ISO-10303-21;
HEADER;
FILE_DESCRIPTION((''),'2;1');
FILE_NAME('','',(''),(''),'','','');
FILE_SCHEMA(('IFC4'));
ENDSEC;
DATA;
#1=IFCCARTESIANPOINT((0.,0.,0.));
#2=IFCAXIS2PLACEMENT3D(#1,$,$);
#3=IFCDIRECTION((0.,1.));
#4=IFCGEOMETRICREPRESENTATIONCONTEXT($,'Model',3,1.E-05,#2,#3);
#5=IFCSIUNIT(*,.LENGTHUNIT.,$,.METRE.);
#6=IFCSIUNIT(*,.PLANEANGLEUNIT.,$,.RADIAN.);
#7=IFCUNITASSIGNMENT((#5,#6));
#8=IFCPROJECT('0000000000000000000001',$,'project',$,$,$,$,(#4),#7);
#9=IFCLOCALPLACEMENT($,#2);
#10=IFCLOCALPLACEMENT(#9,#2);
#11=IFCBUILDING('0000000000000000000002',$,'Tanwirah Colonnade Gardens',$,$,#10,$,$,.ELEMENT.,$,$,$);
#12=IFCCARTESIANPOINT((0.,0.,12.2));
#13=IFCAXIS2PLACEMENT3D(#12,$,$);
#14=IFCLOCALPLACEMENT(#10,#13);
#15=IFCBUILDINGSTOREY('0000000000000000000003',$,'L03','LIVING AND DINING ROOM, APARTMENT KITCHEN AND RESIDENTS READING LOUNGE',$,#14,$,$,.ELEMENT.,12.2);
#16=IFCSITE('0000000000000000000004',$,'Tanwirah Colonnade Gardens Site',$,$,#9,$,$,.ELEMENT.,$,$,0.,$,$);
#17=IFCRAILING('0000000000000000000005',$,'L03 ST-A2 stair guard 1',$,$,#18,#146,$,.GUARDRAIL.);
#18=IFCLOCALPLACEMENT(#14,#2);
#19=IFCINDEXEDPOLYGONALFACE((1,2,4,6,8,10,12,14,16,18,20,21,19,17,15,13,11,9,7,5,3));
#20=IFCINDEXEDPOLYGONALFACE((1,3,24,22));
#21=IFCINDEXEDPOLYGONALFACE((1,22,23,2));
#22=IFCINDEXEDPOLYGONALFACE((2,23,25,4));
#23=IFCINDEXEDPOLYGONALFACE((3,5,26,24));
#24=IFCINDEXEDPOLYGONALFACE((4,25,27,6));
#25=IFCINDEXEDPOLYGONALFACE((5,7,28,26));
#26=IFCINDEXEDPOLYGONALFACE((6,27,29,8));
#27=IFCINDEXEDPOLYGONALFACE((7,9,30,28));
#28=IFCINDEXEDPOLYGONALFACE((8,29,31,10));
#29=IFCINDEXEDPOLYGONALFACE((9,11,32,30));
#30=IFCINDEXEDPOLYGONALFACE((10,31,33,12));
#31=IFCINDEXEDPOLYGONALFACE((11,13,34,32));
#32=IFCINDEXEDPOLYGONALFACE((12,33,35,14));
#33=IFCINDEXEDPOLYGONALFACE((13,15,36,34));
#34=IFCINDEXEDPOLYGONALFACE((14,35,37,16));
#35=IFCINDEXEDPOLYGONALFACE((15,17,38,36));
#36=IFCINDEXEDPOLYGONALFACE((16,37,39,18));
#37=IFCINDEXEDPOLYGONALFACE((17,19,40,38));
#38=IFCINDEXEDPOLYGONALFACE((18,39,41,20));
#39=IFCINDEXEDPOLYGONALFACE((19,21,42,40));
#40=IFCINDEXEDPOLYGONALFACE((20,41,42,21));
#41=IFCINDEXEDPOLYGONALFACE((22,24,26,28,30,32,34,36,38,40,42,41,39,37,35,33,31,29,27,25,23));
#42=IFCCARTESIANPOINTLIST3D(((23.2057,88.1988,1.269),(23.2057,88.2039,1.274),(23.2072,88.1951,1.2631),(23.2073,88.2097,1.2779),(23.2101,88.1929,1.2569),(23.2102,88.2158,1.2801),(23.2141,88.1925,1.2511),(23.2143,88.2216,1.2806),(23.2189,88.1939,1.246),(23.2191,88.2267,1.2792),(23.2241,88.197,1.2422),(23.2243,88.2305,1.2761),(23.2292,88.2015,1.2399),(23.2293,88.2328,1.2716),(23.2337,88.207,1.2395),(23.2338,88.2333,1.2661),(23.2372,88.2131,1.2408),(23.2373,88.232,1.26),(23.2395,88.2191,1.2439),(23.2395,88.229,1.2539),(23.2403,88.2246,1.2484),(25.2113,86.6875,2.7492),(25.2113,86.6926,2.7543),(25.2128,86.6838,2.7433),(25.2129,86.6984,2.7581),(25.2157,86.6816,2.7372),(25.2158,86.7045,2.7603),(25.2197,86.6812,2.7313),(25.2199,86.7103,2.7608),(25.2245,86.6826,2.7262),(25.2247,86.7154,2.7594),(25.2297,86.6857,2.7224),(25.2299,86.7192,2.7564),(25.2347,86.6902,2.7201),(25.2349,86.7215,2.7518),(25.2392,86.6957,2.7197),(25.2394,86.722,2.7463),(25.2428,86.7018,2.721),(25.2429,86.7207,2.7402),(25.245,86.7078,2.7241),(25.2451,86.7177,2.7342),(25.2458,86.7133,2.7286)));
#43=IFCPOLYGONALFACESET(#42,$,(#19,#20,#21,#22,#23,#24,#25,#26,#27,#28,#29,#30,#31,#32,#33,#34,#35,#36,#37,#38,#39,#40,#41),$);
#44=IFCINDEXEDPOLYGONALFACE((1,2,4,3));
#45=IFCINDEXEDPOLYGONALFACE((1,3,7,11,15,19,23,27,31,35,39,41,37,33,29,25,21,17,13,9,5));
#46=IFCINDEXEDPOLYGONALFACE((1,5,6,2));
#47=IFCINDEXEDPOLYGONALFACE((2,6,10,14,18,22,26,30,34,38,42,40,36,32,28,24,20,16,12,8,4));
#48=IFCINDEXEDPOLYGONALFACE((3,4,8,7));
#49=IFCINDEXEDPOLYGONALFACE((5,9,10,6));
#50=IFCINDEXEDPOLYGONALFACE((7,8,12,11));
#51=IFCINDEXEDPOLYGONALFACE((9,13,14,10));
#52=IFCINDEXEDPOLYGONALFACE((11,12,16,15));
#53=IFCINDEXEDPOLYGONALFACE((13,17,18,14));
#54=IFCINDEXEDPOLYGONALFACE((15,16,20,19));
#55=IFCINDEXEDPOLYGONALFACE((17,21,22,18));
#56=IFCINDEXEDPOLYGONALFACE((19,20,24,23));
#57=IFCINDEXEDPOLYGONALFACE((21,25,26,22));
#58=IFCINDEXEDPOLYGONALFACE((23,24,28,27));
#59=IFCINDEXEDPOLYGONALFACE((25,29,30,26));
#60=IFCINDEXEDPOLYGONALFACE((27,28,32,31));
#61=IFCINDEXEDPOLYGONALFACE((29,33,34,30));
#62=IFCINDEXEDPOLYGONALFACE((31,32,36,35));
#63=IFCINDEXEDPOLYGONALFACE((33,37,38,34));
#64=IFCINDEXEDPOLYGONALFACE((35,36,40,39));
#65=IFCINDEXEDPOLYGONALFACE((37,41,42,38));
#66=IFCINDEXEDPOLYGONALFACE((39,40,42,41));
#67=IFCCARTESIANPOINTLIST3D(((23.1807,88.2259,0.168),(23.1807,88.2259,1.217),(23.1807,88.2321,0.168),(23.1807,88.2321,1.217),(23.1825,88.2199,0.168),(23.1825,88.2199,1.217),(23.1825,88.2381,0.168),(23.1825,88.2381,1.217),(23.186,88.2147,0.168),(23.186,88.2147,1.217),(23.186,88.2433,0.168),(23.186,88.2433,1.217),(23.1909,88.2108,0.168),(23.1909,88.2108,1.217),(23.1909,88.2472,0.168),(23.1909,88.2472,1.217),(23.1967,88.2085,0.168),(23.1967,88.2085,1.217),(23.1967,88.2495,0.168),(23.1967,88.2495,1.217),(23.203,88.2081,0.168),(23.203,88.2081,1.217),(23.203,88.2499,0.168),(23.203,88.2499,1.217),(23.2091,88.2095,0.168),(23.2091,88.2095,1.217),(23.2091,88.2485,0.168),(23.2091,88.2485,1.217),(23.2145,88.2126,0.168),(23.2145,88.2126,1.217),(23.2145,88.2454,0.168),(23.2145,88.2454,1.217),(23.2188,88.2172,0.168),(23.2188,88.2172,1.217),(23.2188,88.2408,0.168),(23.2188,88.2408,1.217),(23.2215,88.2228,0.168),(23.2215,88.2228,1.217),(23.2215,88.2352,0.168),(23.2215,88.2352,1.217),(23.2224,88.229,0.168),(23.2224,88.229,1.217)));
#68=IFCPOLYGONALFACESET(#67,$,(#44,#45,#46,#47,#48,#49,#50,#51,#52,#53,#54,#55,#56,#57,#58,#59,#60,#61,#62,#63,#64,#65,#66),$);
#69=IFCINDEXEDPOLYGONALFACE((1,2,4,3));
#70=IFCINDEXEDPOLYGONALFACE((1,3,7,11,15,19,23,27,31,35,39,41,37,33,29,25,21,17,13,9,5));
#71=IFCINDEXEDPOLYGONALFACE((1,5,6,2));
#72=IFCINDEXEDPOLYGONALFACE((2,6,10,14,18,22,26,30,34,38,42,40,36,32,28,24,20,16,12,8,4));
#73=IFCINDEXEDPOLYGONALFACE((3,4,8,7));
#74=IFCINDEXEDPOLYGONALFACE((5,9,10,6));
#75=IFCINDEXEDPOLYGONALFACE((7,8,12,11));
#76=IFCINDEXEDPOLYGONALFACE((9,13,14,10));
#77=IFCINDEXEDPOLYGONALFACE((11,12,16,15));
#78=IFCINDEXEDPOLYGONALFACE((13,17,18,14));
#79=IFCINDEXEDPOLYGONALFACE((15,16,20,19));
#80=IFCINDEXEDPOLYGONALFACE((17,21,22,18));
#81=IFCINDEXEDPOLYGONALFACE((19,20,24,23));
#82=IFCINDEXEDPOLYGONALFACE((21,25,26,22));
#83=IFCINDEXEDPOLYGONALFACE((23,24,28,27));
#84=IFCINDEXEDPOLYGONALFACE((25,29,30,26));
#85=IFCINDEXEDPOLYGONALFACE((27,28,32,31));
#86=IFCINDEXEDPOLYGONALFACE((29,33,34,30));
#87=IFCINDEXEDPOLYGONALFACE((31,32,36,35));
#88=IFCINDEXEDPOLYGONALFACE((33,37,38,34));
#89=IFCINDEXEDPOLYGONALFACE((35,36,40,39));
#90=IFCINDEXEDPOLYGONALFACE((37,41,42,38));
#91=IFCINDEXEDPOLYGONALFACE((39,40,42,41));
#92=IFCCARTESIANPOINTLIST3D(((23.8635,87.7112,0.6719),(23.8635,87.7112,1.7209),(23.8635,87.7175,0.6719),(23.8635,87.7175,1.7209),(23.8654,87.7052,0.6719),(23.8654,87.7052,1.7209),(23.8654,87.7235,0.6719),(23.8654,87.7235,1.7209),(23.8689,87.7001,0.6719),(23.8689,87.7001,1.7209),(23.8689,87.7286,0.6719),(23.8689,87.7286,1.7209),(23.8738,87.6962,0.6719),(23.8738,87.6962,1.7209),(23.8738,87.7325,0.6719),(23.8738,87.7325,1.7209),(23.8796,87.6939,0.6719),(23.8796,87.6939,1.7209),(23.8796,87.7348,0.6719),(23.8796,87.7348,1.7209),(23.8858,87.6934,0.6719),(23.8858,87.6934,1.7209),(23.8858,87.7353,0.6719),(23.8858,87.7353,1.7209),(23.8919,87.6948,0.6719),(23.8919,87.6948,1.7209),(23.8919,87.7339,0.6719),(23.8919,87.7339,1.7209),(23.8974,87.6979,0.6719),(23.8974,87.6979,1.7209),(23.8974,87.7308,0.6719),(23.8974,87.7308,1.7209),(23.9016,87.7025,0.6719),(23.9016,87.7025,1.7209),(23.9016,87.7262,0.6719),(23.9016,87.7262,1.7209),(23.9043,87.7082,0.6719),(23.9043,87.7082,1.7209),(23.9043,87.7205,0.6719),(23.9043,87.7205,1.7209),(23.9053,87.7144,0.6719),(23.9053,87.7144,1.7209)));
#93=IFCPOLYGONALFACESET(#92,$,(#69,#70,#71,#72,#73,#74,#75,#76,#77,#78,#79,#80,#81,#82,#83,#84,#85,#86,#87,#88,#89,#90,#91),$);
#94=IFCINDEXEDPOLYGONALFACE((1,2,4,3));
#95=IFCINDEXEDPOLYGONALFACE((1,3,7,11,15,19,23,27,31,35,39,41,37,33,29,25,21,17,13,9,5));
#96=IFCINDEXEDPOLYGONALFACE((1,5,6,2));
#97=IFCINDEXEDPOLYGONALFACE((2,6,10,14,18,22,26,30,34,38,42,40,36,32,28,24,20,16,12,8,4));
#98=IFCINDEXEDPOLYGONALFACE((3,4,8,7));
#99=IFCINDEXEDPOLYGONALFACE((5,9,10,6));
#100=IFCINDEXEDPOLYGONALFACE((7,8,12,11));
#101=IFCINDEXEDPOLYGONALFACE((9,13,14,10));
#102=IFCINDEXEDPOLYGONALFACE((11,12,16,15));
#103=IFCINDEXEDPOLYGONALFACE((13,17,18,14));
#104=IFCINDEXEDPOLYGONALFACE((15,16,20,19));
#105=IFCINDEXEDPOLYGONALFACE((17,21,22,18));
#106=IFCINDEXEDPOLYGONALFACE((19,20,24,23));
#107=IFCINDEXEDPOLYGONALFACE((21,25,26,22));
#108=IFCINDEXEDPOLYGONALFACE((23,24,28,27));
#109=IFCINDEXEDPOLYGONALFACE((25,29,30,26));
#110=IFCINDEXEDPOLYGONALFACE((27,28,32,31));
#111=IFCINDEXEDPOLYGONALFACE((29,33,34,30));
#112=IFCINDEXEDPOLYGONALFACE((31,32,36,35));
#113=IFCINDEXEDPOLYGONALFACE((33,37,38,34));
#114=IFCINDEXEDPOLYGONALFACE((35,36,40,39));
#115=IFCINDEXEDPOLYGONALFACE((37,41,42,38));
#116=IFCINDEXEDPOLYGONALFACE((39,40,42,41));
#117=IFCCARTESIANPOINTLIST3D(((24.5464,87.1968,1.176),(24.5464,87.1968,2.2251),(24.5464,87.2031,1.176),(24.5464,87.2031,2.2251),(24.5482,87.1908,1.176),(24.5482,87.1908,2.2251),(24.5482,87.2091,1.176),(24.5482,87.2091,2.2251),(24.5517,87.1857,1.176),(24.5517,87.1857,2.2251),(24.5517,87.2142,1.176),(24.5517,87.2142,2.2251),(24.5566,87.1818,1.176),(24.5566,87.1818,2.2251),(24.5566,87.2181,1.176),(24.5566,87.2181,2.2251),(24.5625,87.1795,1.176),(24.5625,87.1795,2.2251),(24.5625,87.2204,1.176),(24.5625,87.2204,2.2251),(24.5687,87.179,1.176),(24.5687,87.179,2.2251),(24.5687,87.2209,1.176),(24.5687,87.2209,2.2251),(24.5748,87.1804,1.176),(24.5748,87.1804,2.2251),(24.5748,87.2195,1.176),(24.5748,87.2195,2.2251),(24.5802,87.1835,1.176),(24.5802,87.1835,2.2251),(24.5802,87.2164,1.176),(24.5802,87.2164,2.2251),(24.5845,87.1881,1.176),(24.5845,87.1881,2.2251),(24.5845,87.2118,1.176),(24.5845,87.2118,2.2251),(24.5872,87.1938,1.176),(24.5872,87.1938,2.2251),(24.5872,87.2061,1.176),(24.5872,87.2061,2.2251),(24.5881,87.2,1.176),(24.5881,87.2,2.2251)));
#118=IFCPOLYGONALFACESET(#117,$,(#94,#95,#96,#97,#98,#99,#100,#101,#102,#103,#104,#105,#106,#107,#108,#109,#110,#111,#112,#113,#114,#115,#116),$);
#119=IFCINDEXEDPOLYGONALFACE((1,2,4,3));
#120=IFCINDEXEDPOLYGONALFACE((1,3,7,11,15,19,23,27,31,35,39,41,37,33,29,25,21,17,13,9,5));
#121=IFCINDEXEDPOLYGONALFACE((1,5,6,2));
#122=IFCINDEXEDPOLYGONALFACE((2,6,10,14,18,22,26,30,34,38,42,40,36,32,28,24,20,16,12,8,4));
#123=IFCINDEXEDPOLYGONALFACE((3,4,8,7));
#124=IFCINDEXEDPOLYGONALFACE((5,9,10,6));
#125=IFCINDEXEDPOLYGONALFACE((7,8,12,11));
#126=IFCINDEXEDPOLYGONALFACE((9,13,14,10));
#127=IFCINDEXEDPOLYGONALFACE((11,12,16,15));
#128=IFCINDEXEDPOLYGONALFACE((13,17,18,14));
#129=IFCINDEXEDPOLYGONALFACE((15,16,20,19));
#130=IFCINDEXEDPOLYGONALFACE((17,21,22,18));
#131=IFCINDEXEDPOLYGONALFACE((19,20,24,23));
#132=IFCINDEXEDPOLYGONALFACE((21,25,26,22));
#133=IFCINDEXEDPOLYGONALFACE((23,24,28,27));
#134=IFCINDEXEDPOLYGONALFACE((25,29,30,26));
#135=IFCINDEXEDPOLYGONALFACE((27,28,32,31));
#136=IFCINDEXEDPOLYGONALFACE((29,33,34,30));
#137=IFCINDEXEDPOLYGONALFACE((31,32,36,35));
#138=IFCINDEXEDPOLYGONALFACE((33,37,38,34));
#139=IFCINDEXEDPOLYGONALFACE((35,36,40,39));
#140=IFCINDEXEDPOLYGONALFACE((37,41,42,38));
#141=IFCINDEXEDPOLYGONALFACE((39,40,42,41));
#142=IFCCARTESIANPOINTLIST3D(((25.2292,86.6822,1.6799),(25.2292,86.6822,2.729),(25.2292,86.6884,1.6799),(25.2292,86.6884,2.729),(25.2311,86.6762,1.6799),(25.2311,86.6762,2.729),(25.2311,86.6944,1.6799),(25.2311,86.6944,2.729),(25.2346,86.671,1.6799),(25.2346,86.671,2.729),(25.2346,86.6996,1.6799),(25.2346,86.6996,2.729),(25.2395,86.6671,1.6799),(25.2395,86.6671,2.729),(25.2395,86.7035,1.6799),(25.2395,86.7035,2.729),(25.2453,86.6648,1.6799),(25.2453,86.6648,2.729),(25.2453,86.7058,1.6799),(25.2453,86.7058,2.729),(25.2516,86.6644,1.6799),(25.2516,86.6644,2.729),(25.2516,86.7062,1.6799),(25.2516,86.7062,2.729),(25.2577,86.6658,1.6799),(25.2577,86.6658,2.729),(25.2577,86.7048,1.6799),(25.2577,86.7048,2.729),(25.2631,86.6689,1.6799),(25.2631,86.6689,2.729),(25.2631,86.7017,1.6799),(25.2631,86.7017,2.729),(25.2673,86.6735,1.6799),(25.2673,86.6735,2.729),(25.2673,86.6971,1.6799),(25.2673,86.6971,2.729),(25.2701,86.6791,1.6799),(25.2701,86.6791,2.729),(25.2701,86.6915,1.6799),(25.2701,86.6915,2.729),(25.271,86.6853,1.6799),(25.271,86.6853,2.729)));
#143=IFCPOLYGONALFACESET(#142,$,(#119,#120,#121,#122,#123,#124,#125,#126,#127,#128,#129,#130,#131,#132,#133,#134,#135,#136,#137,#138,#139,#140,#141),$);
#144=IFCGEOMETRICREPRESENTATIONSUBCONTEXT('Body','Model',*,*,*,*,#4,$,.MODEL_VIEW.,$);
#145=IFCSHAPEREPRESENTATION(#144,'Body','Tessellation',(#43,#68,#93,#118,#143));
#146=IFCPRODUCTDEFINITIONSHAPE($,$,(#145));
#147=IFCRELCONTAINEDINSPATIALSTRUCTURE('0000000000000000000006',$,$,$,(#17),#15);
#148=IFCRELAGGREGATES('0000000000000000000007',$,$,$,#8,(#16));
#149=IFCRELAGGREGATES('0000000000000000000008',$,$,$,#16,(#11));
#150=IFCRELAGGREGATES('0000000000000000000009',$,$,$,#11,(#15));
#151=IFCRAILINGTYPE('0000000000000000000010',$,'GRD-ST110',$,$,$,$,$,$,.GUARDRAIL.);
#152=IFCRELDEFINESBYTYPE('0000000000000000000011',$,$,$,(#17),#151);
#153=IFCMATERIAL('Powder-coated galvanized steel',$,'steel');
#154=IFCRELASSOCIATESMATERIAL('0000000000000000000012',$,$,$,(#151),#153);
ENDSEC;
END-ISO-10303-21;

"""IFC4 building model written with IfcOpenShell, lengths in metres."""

from ifc_helpers import new_model, si_unit, direction, frame, origin, origin_2d, place, context, subcontext, project, spatial, circle, extrude, material, type_object, element, save


model = new_model("IFC4")

# Units and contexts
model_context = context("Model", 3, precision=1e-05, world=origin(), true_north=direction((0.0, 1.0)))
body_context = subcontext(model_context, "Body", "Model", "MODEL_VIEW")
ifc_project = project(units=[si_unit("LENGTHUNIT", "METRE"), si_unit("PLANEANGLEUNIT", "RADIAN")], contexts=[model_context])

# Site, building, storey
site_placement = place(None, origin())
site = spatial("IfcSite", under=ifc_project, at=site_placement, Name="Tanwirah Colonnade Gardens Site", CompositionType="ELEMENT", RefElevation=0.0)
building_placement = place(site_placement, origin())
building = spatial("IfcBuilding", under=site, at=building_placement, Name="Tanwirah Colonnade Gardens", CompositionType="ELEMENT")
storey_placement = place(building_placement, frame((0.0, 0.0, 12.2)))
storey = spatial("IfcBuildingStorey", under=building, at=storey_placement, Name="L03", Description="LIVING AND DINING ROOM, APARTMENT KITCHEN AND RESIDENTS READING LOUNGE", CompositionType="ELEMENT", Elevation=12.2)

# Railing
ifc_material_1 = material(Name="Powder-coated galvanized steel", Category="steel")
railing_type_1 = type_object("IfcRailingType", Name="GRD-ST110", PredefinedType="GUARDRAIL", material=ifc_material_1)
railing_1_placement = place(storey_placement, frame((23.2014, 88.229, 0.168)))
element("IfcRailing", 1, at=railing_1_placement, inside=storey, type_object=railing_type_1, Name="L03 ST-A2 stair guard 1", PredefinedType="GUARDRAIL", context=body_context, shape_type="SweptSolid", body=[
    extrude(circle(Radius=0.0239, at=origin_2d()), frame((0.0215, -0.0161, 1.092), z_axis=(0.688012, -0.518449, 0.507789), x_axis=(0.601811, 0.798639, 0.0)), (0.0, 0.0, 1.0), 2.915),
    extrude(circle(Radius=0.021, at=origin_2d()), origin(), (0.0, 0.0, 1.0), 1.0491),
    extrude(circle(Radius=0.021, at=origin_2d()), frame((0.6829, -0.5146, 0.5039)), (0.0, 0.0, 1.0), 1.0491),
    extrude(circle(Radius=0.021, at=origin_2d()), frame((1.3657, -1.0291, 1.0081)), (0.0, 0.0, 1.0), 1.0491),
    extrude(circle(Radius=0.021, at=origin_2d()), frame((2.0486, -1.5437, 1.512)), (0.0, 0.0, 1.0), 1.0491),
])

save(model, "model.ifc")
